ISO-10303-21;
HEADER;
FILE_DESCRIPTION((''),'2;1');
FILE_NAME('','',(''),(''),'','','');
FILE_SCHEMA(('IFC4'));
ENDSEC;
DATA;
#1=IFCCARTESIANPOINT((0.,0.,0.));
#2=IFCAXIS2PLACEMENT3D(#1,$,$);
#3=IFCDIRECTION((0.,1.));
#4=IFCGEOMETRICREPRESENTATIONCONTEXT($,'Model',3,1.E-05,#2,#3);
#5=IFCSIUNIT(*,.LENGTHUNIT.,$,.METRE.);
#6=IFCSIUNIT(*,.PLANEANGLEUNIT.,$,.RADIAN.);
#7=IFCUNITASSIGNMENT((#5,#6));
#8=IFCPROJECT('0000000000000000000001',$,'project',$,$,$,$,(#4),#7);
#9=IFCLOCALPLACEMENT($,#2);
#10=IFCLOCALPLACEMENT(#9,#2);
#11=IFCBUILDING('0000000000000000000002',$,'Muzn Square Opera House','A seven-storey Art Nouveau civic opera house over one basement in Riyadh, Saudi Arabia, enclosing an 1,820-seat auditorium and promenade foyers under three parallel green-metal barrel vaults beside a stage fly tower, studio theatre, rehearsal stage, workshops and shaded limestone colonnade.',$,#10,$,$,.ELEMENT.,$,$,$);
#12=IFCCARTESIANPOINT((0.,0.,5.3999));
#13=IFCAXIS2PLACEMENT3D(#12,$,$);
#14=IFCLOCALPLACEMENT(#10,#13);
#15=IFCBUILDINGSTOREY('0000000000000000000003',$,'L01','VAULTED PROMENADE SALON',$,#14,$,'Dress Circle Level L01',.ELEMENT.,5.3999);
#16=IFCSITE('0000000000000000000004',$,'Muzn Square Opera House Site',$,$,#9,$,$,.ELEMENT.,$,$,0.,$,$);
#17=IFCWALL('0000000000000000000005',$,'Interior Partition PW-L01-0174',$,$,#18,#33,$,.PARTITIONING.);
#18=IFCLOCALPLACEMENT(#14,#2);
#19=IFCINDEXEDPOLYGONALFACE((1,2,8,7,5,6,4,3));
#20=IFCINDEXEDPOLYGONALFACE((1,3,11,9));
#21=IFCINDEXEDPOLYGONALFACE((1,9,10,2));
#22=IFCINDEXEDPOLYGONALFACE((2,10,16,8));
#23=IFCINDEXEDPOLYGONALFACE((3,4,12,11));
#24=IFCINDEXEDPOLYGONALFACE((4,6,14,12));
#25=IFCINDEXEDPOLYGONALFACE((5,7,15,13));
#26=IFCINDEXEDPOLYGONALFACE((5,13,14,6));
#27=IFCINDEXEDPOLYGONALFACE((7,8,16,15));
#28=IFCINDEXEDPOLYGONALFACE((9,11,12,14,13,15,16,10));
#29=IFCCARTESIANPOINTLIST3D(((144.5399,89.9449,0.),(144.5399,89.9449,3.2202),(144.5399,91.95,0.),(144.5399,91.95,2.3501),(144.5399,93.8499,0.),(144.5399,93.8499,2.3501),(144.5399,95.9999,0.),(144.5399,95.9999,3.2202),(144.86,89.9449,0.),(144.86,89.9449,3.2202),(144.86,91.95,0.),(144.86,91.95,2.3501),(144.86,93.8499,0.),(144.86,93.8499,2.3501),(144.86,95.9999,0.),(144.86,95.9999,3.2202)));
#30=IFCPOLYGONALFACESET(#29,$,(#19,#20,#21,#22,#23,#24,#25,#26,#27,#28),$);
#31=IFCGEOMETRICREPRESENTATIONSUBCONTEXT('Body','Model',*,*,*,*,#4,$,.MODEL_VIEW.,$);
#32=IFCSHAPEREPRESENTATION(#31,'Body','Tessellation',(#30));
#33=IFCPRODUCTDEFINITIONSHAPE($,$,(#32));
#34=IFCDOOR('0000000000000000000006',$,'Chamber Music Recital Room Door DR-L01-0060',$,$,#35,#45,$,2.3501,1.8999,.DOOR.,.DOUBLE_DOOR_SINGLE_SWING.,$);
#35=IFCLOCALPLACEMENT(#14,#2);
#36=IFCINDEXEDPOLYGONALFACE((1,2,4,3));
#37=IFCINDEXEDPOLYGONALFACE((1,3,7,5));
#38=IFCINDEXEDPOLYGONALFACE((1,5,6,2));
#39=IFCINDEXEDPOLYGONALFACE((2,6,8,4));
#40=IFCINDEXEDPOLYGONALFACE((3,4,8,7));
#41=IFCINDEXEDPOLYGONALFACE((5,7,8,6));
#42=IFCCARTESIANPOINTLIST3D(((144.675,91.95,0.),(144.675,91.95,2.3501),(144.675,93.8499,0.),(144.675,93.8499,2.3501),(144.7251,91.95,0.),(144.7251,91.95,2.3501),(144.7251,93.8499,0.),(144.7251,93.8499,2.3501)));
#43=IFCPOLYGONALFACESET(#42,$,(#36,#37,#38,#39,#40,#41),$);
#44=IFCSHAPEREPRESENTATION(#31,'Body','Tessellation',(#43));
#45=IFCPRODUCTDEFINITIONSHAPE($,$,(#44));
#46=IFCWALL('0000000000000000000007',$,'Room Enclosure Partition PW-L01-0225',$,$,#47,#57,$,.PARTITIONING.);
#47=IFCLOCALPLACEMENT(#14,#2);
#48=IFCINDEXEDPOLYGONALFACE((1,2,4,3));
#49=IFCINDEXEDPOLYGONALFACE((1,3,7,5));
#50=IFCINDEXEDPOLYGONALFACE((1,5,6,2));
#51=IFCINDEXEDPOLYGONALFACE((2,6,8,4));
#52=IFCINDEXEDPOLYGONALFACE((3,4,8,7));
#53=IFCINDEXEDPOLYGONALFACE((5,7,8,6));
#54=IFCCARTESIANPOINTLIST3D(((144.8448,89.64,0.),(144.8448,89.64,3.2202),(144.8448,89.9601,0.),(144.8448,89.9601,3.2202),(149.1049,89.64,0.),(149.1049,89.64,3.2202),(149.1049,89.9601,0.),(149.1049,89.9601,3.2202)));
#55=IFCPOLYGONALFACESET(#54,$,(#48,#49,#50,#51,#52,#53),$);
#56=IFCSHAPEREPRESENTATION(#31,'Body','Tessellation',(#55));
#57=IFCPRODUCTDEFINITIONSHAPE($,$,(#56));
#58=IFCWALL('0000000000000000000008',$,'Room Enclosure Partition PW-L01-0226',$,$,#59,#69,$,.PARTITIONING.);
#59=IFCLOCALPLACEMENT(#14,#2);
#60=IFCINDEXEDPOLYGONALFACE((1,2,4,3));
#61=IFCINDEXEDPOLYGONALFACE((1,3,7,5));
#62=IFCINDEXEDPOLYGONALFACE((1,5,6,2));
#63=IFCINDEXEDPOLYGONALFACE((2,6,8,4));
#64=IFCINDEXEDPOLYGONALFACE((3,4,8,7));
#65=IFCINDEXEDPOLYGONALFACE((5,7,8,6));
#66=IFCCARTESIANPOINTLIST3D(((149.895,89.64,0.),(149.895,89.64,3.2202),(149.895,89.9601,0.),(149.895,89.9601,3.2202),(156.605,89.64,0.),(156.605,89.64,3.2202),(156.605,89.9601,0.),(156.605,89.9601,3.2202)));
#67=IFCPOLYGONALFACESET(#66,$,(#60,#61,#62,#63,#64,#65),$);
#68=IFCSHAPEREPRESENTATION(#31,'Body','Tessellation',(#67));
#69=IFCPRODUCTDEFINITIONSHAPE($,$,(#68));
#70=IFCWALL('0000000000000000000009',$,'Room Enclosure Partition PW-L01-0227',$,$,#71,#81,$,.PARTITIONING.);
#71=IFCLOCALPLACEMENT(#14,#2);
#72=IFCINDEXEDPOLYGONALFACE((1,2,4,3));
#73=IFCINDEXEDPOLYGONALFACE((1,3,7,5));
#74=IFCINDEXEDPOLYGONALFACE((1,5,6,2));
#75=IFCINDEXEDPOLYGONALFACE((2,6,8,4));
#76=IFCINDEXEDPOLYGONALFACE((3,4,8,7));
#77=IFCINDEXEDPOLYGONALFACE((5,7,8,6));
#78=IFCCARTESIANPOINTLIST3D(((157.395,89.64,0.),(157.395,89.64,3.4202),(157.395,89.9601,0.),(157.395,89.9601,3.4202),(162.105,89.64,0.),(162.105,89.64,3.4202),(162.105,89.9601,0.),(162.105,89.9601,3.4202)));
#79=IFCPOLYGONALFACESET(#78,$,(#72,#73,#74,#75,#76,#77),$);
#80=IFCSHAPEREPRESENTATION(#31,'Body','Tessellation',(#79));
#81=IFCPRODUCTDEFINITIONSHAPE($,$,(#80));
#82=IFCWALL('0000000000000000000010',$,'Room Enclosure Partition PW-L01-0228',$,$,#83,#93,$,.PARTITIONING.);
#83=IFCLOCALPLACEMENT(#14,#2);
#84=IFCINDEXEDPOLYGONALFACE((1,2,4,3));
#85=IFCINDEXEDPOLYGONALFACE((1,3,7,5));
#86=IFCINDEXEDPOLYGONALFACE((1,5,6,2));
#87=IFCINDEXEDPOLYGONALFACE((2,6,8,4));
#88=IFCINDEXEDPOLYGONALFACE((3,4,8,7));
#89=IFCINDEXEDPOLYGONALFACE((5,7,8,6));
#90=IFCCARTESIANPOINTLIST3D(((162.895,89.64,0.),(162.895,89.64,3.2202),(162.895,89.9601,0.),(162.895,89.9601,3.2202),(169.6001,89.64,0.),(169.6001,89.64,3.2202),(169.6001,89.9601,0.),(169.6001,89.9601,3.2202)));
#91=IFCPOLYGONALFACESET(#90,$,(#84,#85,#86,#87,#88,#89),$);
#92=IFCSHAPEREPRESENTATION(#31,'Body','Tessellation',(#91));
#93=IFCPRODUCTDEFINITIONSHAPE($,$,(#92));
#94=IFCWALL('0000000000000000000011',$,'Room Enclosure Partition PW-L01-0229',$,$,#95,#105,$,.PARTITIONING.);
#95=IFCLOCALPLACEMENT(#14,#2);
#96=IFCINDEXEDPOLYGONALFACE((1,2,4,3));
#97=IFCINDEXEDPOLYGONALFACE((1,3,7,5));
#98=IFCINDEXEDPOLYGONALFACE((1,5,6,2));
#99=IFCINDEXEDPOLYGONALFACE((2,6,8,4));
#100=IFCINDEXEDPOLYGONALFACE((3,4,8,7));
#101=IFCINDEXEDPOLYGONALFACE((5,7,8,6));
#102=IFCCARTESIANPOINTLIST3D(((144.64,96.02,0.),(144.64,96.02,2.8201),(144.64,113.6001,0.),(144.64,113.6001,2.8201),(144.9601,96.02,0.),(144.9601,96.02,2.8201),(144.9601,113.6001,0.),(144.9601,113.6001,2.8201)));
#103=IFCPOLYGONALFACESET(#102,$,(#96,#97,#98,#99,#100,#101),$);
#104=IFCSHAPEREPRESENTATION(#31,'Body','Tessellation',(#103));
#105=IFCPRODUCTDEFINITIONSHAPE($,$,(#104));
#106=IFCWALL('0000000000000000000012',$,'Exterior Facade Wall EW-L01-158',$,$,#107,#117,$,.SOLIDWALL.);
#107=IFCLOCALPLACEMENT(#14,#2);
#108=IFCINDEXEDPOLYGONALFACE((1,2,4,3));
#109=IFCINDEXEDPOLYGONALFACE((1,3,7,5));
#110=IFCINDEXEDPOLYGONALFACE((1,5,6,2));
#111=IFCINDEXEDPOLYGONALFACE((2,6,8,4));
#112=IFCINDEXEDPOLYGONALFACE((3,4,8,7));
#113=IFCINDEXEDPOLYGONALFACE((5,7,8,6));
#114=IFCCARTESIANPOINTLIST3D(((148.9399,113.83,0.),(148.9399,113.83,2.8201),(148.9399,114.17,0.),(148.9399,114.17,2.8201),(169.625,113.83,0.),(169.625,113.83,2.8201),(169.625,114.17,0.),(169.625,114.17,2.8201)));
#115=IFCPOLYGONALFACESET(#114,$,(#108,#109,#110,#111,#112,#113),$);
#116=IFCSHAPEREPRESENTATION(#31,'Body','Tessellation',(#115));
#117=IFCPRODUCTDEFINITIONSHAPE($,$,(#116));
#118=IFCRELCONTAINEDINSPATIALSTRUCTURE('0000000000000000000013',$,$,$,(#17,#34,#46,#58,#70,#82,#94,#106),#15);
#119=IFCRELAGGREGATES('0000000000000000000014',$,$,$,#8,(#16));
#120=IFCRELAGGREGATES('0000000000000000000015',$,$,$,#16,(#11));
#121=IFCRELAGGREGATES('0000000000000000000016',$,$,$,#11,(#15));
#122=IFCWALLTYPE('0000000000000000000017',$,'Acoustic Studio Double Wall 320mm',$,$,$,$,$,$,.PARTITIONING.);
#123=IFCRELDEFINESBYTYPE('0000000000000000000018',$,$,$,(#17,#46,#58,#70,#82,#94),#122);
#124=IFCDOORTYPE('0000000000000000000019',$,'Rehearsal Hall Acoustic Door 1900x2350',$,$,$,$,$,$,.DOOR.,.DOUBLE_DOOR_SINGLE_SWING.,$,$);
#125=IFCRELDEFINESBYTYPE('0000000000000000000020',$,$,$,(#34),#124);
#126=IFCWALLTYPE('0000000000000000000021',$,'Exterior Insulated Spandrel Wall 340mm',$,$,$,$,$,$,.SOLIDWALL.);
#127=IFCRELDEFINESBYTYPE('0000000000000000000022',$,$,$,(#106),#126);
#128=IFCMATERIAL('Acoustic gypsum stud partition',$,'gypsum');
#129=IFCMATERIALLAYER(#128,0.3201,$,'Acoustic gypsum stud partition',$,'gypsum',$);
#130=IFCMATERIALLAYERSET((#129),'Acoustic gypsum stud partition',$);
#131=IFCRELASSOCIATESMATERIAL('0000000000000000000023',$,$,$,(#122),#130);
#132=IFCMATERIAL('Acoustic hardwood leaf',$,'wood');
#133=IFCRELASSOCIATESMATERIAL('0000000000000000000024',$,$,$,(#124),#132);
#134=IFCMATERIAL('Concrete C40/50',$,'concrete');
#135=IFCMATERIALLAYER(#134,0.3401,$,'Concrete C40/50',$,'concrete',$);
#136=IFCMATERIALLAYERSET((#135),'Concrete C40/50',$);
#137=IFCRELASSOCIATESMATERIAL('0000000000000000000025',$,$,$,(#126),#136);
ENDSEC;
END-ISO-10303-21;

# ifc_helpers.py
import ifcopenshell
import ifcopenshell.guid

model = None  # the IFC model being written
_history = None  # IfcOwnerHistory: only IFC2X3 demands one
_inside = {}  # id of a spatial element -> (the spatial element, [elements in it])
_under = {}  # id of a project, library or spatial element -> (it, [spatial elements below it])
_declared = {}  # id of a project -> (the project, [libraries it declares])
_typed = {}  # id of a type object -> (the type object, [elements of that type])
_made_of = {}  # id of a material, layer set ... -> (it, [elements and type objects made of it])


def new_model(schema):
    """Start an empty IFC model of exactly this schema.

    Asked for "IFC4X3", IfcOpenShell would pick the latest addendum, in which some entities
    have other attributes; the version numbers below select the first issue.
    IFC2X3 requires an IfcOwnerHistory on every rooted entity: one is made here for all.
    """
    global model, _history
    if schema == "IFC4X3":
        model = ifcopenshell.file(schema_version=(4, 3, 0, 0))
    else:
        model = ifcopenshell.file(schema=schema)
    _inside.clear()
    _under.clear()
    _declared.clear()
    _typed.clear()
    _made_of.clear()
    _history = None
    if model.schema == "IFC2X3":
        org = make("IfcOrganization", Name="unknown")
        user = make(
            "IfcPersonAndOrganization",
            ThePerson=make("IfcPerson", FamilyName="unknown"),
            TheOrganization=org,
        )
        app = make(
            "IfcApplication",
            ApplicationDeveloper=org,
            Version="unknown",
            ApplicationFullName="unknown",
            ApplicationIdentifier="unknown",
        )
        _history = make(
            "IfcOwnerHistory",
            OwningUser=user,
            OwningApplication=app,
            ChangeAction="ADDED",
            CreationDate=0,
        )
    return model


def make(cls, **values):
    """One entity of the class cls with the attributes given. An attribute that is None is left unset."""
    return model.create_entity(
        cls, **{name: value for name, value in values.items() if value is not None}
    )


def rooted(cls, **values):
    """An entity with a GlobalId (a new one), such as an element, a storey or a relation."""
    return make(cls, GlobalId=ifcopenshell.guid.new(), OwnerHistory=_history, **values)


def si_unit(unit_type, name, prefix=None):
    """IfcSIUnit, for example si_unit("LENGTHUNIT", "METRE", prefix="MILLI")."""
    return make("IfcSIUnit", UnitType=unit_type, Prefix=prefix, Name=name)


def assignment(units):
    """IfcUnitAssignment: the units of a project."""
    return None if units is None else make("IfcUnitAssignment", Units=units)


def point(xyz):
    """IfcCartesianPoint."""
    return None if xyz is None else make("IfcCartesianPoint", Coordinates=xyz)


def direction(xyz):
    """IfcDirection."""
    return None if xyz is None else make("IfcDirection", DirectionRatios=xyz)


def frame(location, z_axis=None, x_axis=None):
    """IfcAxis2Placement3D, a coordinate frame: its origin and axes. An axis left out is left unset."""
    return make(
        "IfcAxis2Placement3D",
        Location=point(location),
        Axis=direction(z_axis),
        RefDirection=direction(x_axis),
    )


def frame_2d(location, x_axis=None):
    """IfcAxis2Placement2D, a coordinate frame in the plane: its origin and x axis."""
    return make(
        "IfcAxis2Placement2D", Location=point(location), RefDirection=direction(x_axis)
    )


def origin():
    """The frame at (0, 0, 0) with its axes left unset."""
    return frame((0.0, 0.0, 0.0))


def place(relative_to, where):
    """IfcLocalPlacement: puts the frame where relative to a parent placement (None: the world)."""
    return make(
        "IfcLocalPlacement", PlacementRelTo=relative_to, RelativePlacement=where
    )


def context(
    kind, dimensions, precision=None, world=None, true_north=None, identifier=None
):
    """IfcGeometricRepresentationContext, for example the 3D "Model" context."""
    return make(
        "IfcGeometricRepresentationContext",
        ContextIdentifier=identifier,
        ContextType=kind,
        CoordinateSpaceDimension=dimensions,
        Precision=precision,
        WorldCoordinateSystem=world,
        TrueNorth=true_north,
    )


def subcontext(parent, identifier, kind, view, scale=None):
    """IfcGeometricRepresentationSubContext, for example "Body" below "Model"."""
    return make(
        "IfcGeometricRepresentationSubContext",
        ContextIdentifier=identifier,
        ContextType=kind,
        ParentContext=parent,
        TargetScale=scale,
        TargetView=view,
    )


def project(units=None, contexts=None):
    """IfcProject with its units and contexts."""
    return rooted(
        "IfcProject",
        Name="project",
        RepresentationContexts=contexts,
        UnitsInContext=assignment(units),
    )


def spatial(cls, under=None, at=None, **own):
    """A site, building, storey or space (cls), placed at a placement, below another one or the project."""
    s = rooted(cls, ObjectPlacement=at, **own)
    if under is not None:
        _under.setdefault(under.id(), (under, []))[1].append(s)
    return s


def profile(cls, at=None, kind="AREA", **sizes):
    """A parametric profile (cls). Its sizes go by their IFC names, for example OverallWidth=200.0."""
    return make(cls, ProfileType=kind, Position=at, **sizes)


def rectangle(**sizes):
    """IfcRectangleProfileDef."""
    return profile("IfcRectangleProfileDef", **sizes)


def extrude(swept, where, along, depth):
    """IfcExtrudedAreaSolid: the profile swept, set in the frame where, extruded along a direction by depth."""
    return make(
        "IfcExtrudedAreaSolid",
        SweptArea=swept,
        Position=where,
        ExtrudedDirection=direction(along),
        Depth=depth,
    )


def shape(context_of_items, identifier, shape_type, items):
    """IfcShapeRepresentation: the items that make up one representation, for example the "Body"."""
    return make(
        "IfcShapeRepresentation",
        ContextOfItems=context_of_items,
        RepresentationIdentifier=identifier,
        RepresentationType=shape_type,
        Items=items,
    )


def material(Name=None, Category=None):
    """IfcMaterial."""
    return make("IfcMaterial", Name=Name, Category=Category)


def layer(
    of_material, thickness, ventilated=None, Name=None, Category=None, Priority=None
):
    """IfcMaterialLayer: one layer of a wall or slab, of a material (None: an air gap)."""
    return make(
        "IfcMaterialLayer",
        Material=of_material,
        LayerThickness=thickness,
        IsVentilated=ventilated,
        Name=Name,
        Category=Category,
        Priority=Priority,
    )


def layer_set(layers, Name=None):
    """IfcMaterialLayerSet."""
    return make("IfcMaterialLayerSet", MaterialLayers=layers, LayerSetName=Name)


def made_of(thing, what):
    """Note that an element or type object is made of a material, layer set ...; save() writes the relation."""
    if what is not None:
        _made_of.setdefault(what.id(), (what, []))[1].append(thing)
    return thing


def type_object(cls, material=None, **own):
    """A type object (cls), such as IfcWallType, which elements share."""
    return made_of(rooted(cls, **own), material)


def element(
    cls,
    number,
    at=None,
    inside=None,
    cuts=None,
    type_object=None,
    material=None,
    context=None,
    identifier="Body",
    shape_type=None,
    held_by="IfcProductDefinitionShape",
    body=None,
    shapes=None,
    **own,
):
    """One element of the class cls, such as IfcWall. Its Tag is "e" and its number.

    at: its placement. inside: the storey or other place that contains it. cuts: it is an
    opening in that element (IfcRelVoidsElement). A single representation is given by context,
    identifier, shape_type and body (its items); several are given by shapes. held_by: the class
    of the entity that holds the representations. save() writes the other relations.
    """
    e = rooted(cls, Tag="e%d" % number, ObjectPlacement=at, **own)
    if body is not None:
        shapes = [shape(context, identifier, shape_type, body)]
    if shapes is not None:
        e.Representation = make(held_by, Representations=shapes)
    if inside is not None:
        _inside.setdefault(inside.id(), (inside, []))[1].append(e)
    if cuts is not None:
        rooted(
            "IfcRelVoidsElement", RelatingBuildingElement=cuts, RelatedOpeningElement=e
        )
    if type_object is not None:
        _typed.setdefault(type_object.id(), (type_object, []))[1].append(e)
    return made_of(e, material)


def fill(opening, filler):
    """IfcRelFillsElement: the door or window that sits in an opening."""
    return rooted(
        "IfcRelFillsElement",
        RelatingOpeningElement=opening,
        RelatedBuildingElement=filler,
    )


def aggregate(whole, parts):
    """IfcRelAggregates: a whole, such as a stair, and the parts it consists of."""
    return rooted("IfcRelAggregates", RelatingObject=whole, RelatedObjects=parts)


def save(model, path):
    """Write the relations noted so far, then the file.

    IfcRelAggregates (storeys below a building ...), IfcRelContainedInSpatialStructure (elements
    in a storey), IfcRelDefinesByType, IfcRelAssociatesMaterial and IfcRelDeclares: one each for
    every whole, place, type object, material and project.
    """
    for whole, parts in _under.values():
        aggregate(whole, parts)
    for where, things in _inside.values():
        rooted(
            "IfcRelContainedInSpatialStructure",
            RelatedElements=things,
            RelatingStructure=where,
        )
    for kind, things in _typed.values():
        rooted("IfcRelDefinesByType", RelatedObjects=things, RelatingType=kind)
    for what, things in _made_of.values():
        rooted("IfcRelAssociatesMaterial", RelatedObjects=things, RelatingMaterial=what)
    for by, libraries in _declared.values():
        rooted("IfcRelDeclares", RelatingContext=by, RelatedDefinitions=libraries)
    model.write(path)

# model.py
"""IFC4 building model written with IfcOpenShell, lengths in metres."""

from ifc_helpers import new_model, si_unit, direction, frame, frame_2d, origin, place, context, subcontext, project, spatial, rectangle, extrude, material, layer, layer_set, type_object, element, fill, save


model = new_model("IFC4")

# Units and contexts
model_context = context("Model", 3, precision=1e-05, world=origin(), true_north=direction((0.0, 1.0)))
body_context = subcontext(model_context, "Body", "Model", "MODEL_VIEW")
ifc_project = project(units=[si_unit("LENGTHUNIT", "METRE"), si_unit("PLANEANGLEUNIT", "RADIAN")], contexts=[model_context])

# Site, building, storey
site_placement = place(None, origin())
site = spatial("IfcSite", under=ifc_project, at=site_placement, Name="Muzn Square Opera House Site", CompositionType="ELEMENT", RefElevation=0.0)
building_placement = place(site_placement, origin())
building = spatial("IfcBuilding", under=site, at=building_placement, Name="Muzn Square Opera House", Description="A seven-storey Art Nouveau civic opera house over one basement in Riyadh, Saudi Arabia, enclosing an 1,820-seat auditorium and promenade foyers under three parallel green-metal barrel vaults beside a stage fly tower, studio theatre, rehearsal stage, workshops and shaded limestone colonnade.", CompositionType="ELEMENT")
storey_placement = place(building_placement, frame((0.0, 0.0, 5.3999)))
storey = spatial("IfcBuildingStorey", under=building, at=storey_placement, Name="L01", Description="VAULTED PROMENADE SALON", LongName="Dress Circle Level L01", CompositionType="ELEMENT", Elevation=5.3999)

# Shared definitions
ifc_material_1 = material(Name="Concrete C40/50", Category="concrete")

# Wall, opening, door
ifc_material_2 = material(Name="Acoustic gypsum stud partition", Category="gypsum")
ifc_layer_1 = layer(ifc_material_2, 0.3201, Name="Acoustic gypsum stud partition", Category="gypsum")
ifc_layer_set_1 = layer_set([ifc_layer_1], Name="Acoustic gypsum stud partition")
wall_type_1 = type_object("IfcWallType", Name="Acoustic Studio Double Wall 320mm", PredefinedType="PARTITIONING", material=ifc_layer_set_1)
wall_1_placement = place(storey_placement, frame((144.7, 89.9451, 0.0), z_axis=(0.0, 0.0, 1.0), x_axis=(0.0, 1.0, 0.0)))
wall_1 = element("IfcWall", 1, at=wall_1_placement, inside=storey, type_object=wall_type_1, Name="Interior Partition PW-L01-0174", PredefinedType="PARTITIONING", context=body_context, shape_type="SweptSolid", body=[
    extrude(rectangle(XDim=6.0549, YDim=0.3201, at=frame_2d((3.0273, 0.0))), origin(), (0.0, 0.0, 1.0), 3.2202),
])
opening_placement = place(wall_1_placement, frame((2.0049, 0.0, 0.0)))
opening = element("IfcOpeningElement", 2, at=opening_placement, cuts=wall_1, PredefinedType="OPENING", context=body_context, shape_type="SweptSolid", body=[
    extrude(rectangle(XDim=1.8999, YDim=2.3501, at=frame_2d((0.95, 1.175))), frame((0.0, 0.1699, 0.0), z_axis=(0.0, -1.0, 0.0), x_axis=(1.0, 0.0, 0.0)), (0.0, 0.0, 1.0), 0.3401),
])
ifc_material_3 = material(Name="Acoustic hardwood leaf", Category="wood")
door_type = type_object("IfcDoorType", Name="Rehearsal Hall Acoustic Door 1900x2350", OperationType="DOUBLE_DOOR_SINGLE_SWING", PredefinedType="DOOR", material=ifc_material_3)
door_placement = place(opening_placement, origin())
door = element("IfcDoor", 3, at=door_placement, inside=storey, type_object=door_type, Name="Chamber Music Recital Room Door DR-L01-0060", OperationType="DOUBLE_DOOR_SINGLE_SWING", OverallHeight=2.3501, OverallWidth=1.8999, PredefinedType="DOOR", context=body_context, shape_type="SweptSolid", body=[
    extrude(rectangle(XDim=1.8999, YDim=2.3501, at=frame_2d((0.95, 1.175))), frame((0.0, 0.0249, 0.0), z_axis=(0.0, -1.0, 0.0), x_axis=(1.0, 0.0, 0.0)), (0.0, 0.0, 1.0), 0.05),
])
fill(opening, door)

# Walls
wall_2_placement = place(storey_placement, frame((144.845, 89.8, 0.0), z_axis=(0.0, 0.0, 1.0), x_axis=(1.0, 0.0, 0.0)))
element("IfcWall", 4, at=wall_2_placement, inside=storey, type_object=wall_type_1, Name="Room Enclosure Partition PW-L01-0225", PredefinedType="PARTITIONING", context=body_context, shape_type="SweptSolid", body=[
    extrude(rectangle(XDim=4.26, YDim=0.3201, at=frame_2d((2.1299, 0.0))), origin(), (0.0, 0.0, 1.0), 3.2202),
])
wall_3_placement = place(storey_placement, frame((149.895, 89.8, 0.0), z_axis=(0.0, 0.0, 1.0), x_axis=(1.0, 0.0, 0.0)))
element("IfcWall", 5, at=wall_3_placement, inside=storey, type_object=wall_type_1, Name="Room Enclosure Partition PW-L01-0226", PredefinedType="PARTITIONING", context=body_context, shape_type="SweptSolid", body=[
    extrude(rectangle(XDim=6.71, YDim=0.3201, at=frame_2d((3.355, 0.0))), origin(), (0.0, 0.0, 1.0), 3.2202),
])
wall_4_placement = place(storey_placement, frame((157.395, 89.8, 0.0), z_axis=(0.0, 0.0, 1.0), x_axis=(1.0, 0.0, 0.0)))
element("IfcWall", 6, at=wall_4_placement, inside=storey, type_object=wall_type_1, Name="Room Enclosure Partition PW-L01-0227", PredefinedType="PARTITIONING", context=body_context, shape_type="SweptSolid", body=[
    extrude(rectangle(XDim=4.71, YDim=0.3201, at=frame_2d((2.355, 0.0))), origin(), (0.0, 0.0, 1.0), 3.4202),
])
wall_5_placement = place(storey_placement, frame((162.895, 89.8, 0.0), z_axis=(0.0, 0.0, 1.0), x_axis=(1.0, 0.0, 0.0)))
element("IfcWall", 7, at=wall_5_placement, inside=storey, type_object=wall_type_1, Name="Room Enclosure Partition PW-L01-0228", PredefinedType="PARTITIONING", context=body_context, shape_type="SweptSolid", body=[
    extrude(rectangle(XDim=6.7051, YDim=0.3201, at=frame_2d((3.3525, 0.0))), origin(), (0.0, 0.0, 1.0), 3.2202),
])
wall_6_placement = place(storey_placement, frame((144.8, 96.02, 0.0), z_axis=(0.0, 0.0, 1.0), x_axis=(0.0, 1.0, 0.0)))
element("IfcWall", 8, at=wall_6_placement, inside=storey, type_object=wall_type_1, Name="Room Enclosure Partition PW-L01-0229", PredefinedType="PARTITIONING", context=body_context, shape_type="SweptSolid", body=[
    extrude(rectangle(XDim=17.5801, YDim=0.3201, at=frame_2d((8.79, 0.0))), origin(), (0.0, 0.0, 1.0), 2.8201),
])
ifc_layer_2 = layer(ifc_material_1, 0.3401, Name="Concrete C40/50", Category="concrete")
ifc_layer_set_2 = layer_set([ifc_layer_2], Name="Concrete C40/50")
wall_type_2 = type_object("IfcWallType", Name="Exterior Insulated Spandrel Wall 340mm", PredefinedType="SOLIDWALL", material=ifc_layer_set_2)
wall_7_placement = place(storey_placement, frame((148.9399, 114.0, 0.0), z_axis=(0.0, 0.0, 1.0), x_axis=(1.0, 0.0, 0.0)))
element("IfcWall", 9, at=wall_7_placement, inside=storey, type_object=wall_type_2, Name="Exterior Facade Wall EW-L01-158", PredefinedType="SOLIDWALL", context=body_context, shape_type="SweptSolid", body=[
    extrude(rectangle(XDim=20.6851, YDim=0.3401, at=frame_2d((10.3425, 0.0))), origin(), (0.0, 0.0, 1.0), 2.8201),
])

save(model, "model.ifc")
